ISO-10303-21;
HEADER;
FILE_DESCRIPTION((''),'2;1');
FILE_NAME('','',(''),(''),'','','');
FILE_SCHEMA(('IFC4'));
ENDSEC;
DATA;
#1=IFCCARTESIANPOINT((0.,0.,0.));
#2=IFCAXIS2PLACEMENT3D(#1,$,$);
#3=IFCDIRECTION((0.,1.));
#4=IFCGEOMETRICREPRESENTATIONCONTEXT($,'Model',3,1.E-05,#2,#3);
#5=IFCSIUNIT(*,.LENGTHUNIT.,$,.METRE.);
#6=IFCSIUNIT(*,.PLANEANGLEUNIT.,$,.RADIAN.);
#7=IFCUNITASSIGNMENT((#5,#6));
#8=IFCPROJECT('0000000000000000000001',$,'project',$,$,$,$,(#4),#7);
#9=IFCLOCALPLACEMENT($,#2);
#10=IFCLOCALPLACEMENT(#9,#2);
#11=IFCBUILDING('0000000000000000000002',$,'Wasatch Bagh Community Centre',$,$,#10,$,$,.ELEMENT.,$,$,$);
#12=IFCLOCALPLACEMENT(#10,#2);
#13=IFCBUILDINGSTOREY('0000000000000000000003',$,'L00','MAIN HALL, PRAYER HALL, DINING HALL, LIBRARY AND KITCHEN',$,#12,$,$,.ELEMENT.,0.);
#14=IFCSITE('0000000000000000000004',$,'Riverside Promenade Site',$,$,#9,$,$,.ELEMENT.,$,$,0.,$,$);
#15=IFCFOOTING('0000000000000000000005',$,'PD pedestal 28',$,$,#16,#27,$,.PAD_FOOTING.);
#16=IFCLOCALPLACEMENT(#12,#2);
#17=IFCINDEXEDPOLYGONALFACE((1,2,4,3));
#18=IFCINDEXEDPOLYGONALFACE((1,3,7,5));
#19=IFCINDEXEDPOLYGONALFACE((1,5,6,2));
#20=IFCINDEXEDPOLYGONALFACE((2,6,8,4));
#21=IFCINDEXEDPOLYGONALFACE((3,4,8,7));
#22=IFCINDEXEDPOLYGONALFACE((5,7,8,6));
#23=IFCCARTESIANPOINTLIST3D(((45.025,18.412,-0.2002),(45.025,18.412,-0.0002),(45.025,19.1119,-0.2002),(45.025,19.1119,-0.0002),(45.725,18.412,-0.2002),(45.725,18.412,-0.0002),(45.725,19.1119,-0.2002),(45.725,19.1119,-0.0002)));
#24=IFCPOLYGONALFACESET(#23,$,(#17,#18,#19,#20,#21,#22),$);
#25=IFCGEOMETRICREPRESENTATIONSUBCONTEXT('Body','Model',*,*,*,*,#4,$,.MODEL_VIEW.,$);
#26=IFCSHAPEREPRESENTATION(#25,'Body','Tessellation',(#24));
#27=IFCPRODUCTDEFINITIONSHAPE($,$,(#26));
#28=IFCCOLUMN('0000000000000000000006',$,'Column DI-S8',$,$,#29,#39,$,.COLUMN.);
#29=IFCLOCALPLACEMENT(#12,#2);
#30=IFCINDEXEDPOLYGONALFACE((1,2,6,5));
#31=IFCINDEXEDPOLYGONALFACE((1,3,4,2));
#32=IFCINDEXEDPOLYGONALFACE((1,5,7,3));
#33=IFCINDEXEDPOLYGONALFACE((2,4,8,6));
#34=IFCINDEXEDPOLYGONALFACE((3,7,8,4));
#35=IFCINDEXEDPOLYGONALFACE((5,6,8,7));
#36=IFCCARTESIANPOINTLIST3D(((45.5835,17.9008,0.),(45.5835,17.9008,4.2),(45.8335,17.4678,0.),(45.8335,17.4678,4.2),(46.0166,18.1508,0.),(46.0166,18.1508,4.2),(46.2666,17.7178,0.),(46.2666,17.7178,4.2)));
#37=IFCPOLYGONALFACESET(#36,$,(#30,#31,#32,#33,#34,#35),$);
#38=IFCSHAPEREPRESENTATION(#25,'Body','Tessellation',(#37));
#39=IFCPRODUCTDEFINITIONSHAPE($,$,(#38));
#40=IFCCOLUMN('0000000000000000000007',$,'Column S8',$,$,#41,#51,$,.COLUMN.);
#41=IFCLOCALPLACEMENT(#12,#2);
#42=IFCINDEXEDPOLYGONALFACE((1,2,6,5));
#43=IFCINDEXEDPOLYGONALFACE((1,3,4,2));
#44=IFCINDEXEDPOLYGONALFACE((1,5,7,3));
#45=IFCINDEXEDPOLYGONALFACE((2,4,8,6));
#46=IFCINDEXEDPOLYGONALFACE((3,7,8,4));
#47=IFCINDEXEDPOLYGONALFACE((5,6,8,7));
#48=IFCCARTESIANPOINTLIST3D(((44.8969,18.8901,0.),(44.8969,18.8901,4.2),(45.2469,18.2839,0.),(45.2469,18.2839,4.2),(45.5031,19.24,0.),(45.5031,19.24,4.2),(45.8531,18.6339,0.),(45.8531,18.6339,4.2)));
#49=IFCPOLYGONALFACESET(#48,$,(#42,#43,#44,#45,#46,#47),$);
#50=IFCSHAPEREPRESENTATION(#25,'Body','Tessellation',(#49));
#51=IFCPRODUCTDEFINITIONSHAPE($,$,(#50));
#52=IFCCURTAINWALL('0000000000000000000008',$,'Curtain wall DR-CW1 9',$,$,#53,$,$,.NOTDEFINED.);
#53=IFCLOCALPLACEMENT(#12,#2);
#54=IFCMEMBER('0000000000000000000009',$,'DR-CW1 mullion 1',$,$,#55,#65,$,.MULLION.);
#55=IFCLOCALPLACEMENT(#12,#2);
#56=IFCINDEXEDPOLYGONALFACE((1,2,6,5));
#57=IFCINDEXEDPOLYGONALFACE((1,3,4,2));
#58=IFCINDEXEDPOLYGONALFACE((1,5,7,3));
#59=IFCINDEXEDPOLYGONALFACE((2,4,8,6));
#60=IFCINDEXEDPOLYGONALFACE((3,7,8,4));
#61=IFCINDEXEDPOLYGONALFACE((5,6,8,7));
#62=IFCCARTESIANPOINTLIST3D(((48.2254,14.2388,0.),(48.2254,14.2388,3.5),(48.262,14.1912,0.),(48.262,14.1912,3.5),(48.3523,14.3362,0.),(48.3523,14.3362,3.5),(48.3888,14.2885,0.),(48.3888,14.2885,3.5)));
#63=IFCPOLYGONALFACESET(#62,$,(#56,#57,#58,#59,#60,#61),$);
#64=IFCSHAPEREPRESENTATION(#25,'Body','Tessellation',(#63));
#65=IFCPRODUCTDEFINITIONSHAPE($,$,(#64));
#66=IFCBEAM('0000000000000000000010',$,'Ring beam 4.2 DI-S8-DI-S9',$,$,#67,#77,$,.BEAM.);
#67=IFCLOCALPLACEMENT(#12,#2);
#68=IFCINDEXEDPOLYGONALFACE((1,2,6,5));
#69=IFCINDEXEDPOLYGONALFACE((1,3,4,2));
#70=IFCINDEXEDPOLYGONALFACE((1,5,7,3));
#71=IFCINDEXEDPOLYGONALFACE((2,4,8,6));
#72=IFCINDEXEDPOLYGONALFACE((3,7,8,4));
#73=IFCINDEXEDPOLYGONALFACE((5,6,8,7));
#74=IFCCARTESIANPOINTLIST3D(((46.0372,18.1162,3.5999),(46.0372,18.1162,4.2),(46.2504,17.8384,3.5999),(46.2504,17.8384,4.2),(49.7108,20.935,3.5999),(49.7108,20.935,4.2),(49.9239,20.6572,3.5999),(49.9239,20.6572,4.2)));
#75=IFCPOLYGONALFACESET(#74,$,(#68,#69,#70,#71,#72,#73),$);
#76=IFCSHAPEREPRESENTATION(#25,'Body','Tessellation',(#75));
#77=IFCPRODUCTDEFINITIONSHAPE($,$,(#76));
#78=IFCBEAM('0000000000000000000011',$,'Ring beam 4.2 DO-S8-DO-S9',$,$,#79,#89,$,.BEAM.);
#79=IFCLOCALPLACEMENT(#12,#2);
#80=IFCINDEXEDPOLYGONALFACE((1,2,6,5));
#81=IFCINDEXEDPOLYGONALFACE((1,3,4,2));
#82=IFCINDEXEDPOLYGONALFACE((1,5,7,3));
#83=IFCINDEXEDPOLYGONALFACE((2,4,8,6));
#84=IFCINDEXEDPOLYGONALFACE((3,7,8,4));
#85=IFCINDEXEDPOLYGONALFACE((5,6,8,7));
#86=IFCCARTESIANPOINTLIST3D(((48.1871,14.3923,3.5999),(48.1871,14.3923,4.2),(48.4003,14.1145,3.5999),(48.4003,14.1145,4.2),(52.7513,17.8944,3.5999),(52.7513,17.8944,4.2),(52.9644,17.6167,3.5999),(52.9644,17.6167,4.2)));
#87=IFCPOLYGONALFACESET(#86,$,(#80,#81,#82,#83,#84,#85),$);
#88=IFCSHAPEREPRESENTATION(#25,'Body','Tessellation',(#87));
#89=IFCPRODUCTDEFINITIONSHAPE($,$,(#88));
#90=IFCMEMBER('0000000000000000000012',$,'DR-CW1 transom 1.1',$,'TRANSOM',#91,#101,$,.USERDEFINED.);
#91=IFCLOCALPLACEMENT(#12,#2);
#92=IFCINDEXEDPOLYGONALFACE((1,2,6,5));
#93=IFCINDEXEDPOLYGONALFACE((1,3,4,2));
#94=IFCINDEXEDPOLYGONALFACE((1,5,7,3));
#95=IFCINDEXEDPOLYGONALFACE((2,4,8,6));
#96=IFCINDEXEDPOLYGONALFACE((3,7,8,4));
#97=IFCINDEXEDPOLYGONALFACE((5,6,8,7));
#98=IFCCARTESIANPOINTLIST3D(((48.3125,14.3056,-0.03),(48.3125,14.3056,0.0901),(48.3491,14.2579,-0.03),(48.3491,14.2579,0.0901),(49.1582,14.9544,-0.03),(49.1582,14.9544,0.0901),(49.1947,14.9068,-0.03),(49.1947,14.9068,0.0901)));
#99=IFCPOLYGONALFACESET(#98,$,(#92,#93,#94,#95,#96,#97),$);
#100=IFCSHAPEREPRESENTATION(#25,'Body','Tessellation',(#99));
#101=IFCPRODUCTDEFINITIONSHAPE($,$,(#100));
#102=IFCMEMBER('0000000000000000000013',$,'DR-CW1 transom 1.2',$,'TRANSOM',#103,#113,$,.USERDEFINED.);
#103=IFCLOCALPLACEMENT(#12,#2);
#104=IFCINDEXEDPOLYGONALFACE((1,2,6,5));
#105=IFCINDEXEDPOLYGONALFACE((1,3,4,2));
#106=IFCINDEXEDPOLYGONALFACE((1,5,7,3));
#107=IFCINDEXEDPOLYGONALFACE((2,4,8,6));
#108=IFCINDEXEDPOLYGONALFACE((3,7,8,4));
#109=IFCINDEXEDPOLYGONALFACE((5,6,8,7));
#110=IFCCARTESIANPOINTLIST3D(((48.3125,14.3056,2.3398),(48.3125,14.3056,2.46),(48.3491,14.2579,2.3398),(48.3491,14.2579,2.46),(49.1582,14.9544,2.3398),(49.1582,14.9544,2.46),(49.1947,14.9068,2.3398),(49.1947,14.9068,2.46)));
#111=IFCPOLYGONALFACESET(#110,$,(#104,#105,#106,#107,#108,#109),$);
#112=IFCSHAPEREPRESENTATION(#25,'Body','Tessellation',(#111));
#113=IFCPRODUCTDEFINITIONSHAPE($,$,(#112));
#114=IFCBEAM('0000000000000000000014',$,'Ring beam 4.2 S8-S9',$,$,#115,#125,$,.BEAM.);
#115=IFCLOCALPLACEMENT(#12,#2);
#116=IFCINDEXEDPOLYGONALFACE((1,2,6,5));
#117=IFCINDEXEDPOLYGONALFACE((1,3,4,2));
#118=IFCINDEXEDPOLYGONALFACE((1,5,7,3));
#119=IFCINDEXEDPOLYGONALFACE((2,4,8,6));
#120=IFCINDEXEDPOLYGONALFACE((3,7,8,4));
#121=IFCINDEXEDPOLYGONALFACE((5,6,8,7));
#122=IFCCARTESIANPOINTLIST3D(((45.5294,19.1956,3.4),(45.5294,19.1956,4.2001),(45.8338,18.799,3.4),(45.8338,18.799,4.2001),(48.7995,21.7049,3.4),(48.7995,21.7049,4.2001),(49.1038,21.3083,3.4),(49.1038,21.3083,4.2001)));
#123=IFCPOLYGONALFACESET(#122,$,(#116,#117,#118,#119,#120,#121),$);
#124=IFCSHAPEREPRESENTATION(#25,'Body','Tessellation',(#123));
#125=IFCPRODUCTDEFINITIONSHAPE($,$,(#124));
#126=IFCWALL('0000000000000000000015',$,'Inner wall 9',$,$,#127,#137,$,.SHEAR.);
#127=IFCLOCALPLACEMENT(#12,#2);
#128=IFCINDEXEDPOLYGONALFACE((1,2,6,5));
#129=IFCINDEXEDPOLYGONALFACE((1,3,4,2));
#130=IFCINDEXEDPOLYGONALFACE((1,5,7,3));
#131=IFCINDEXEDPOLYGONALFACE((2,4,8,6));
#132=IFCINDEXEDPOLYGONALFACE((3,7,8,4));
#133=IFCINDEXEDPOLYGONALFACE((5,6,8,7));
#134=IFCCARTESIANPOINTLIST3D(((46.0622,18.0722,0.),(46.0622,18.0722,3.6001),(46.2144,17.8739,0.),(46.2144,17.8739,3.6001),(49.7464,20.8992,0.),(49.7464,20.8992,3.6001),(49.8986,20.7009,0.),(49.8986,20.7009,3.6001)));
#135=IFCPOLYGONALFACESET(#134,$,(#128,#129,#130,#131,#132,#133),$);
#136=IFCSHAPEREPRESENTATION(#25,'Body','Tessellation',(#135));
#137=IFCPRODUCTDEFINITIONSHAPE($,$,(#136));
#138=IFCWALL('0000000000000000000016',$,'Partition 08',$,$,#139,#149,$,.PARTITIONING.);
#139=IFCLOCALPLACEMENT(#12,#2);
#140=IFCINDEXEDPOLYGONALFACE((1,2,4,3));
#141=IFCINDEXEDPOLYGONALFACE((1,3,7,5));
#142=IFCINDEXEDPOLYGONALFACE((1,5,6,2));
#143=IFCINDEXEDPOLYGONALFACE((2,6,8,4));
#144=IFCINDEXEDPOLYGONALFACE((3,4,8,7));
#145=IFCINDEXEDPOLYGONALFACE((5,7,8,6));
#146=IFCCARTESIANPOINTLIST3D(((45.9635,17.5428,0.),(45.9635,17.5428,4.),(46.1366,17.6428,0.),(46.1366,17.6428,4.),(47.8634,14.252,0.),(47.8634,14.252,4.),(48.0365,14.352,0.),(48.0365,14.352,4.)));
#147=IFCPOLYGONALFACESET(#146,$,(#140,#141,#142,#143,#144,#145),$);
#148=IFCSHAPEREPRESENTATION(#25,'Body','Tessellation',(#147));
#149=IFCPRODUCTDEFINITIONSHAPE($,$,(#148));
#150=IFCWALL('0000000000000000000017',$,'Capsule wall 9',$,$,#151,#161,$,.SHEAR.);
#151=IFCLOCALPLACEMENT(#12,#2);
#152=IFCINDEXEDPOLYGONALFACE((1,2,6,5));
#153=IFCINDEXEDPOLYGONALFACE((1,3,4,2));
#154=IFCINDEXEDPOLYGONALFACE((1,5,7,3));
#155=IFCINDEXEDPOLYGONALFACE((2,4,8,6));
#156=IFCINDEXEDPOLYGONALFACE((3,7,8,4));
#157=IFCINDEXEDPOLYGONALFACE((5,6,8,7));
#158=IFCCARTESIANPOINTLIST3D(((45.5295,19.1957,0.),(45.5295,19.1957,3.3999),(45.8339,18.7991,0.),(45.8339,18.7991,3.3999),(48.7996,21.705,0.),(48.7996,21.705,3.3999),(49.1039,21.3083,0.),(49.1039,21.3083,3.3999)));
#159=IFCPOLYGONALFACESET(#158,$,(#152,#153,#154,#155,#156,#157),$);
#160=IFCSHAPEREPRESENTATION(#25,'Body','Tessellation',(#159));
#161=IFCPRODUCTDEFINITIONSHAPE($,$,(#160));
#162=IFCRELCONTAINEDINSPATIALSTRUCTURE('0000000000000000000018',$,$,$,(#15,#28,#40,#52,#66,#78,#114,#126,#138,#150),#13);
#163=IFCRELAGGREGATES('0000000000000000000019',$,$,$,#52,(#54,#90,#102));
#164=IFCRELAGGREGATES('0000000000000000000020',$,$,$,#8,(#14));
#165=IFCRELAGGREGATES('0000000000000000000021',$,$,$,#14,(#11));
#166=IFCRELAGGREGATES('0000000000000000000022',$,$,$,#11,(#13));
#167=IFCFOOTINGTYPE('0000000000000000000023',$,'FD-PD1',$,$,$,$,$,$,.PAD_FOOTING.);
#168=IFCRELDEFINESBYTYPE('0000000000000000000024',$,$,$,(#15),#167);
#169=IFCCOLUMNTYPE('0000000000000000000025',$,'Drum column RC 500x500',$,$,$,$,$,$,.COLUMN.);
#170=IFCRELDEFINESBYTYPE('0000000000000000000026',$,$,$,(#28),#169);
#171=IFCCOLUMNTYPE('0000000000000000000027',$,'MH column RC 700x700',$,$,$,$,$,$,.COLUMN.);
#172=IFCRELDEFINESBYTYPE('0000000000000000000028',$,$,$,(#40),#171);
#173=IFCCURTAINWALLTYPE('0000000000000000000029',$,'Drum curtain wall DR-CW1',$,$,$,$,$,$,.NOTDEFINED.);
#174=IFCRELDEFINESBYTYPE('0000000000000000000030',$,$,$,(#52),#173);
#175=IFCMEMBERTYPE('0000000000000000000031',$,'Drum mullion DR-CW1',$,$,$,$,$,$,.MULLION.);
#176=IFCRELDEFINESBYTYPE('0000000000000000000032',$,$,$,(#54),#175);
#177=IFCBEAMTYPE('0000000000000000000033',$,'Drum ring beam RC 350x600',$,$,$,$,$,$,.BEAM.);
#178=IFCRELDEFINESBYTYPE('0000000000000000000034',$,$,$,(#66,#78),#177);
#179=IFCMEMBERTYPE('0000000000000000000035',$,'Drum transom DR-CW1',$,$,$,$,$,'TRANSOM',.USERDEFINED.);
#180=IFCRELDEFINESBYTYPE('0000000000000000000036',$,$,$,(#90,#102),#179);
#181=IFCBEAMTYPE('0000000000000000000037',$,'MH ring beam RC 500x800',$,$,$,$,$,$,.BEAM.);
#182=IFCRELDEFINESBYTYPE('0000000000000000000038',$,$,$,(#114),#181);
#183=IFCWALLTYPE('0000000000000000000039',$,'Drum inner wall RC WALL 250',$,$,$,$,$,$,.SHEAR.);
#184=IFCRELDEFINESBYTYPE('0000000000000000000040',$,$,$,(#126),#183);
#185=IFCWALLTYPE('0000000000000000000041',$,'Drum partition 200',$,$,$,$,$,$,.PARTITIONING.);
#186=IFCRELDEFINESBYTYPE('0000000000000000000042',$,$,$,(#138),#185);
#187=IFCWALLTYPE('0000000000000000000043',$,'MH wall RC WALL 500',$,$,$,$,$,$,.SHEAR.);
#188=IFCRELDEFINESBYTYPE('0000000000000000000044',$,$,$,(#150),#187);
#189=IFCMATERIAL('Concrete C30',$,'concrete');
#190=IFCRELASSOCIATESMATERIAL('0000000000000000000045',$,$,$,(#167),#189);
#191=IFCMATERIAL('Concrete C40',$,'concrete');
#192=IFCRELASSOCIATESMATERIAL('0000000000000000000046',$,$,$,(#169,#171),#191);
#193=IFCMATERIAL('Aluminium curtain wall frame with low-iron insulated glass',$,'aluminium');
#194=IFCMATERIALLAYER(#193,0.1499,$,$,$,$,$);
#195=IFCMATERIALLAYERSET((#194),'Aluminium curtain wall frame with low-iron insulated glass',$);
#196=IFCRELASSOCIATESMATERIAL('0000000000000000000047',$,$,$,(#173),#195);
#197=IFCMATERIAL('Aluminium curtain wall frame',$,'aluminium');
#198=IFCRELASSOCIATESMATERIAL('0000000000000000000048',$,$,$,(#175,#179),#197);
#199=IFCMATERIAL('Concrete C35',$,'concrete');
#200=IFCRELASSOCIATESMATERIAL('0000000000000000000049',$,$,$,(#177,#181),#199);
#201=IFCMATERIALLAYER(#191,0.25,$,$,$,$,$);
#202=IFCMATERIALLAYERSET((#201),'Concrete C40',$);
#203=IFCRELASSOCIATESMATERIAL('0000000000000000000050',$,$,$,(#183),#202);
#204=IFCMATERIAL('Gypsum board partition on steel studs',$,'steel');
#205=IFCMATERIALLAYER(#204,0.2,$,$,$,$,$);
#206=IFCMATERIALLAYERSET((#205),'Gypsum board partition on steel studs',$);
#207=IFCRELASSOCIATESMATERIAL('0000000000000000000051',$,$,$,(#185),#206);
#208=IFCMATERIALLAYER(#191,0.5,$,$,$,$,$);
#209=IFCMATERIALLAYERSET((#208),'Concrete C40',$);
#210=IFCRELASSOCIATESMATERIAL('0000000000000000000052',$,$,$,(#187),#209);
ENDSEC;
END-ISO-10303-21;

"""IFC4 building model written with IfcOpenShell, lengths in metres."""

from ifc_helpers import new_model, si_unit, direction, frame, frame_2d, origin, origin_2d, place, context, subcontext, project, spatial, rectangle, extrude, material, layer, layer_set, material_profile, profile_set, type_object, element, aggregate, save


model = new_model("IFC4")

# Units and contexts
model_context = context("Model", 3, precision=1e-05, world=origin(), true_north=direction((0.0, 1.0)))
body_context = subcontext(model_context, "Body", "Model", "MODEL_VIEW")
ifc_project = project(units=[si_unit("LENGTHUNIT", "METRE"), si_unit("PLANEANGLEUNIT", "RADIAN")], contexts=[model_context])

# Site, building, storey
site_placement = place(None, origin())
site = spatial("IfcSite", under=ifc_project, at=site_placement, Name="Riverside Promenade Site", CompositionType="ELEMENT", RefElevation=0.0)
building_placement = place(site_placement, origin())
building = spatial("IfcBuilding", under=site, at=building_placement, Name="Wasatch Bagh Community Centre", CompositionType="ELEMENT")
storey_placement = place(building_placement, origin())
storey = spatial("IfcBuildingStorey", under=building, at=storey_placement, Name="L00", Description="MAIN HALL, PRAYER HALL, DINING HALL, LIBRARY AND KITCHEN", CompositionType="ELEMENT", Elevation=0.0)

# Shared definitions
ifc_material_1 = material(Name="Concrete C35", Category="concrete")

# Shared definitions
ifc_material_2 = material(Name="Concrete C30", Category="concrete")

# Footing
footing_type_1 = type_object("IfcFootingType", Name="FD-PD1", PredefinedType="PAD_FOOTING", material=ifc_material_2)
footing_1_placement = place(storey_placement, frame((45.375, 18.762, -0.2002), z_axis=(0.0, 0.0, 1.0), x_axis=(1.0, 0.0, 0.0)))
element("IfcFooting", 1, at=footing_1_placement, inside=storey, type_object=footing_type_1, Name="PD pedestal 28", PredefinedType="PAD_FOOTING", context=body_context, shape_type="SweptSolid", body=[
    extrude(rectangle(XDim=0.7, YDim=0.7, at=origin_2d()), origin(), (0.0, 0.0, 1.0), 0.2),
])

# Columns
ifc_material_3 = material(Name="Concrete C40", Category="concrete")
ifc_material_profile_1 = material_profile(ifc_material_3, rectangle(XDim=0.5, YDim=0.5, at=origin_2d()), Name="RC 500x500")
ifc_profile_set_1 = profile_set([ifc_material_profile_1], Name="Concrete C40")
column_type_1 = type_object("IfcColumnType", Name="Drum column RC 500x500", PredefinedType="COLUMN", material=ifc_profile_set_1)
column_1_placement = place(storey_placement, frame((45.925, 17.8093, 0.0), z_axis=(0.0, 0.0, 1.0), x_axis=(0.866025, 0.5, 0.0)))
element("IfcColumn", 2, at=column_1_placement, inside=storey, type_object=column_type_1, Name="Column DI-S8", PredefinedType="COLUMN", context=body_context, shape_type="SweptSolid", body=[
    extrude(rectangle(XDim=0.5, YDim=0.5, at=origin_2d()), origin(), (0.0, 0.0, 1.0), 4.2),
])
ifc_material_profile_2 = material_profile(ifc_material_3, rectangle(XDim=0.7, YDim=0.7, at=origin_2d()), Name="RC 700x700")
ifc_profile_set_2 = profile_set([ifc_material_profile_2], Name="Concrete C40")
column_type_2 = type_object("IfcColumnType", Name="MH column RC 700x700", PredefinedType="COLUMN", material=ifc_profile_set_2)
column_2_placement = place(storey_placement, frame((45.375, 18.762, 0.0), z_axis=(0.0, 0.0, 1.0), x_axis=(0.866025, 0.5, 0.0)))
element("IfcColumn", 3, at=column_2_placement, inside=storey, type_object=column_type_2, Name="Column S8", PredefinedType="COLUMN", context=body_context, shape_type="SweptSolid", body=[
    extrude(rectangle(XDim=0.7, YDim=0.7, at=origin_2d()), origin(), (0.0, 0.0, 1.0), 4.2),
])

# Curtain wall, member
ifc_material_4 = material(Name="Aluminium curtain wall frame with low-iron insulated glass", Category="aluminium")
ifc_layer_1 = layer(ifc_material_4, 0.1499)
ifc_layer_set_1 = layer_set([ifc_layer_1], Name="Aluminium curtain wall frame with low-iron insulated glass")
curtain_wall_type = type_object("IfcCurtainWallType", Name="Drum curtain wall DR-CW1", PredefinedType="NOTDEFINED", material=ifc_layer_set_1)
curtain_wall_placement = place(storey_placement, origin())
curtain_wall = element("IfcCurtainWall", 4, at=curtain_wall_placement, inside=storey, type_object=curtain_wall_type, Name="Curtain wall DR-CW1 9", PredefinedType="NOTDEFINED")
ifc_material_5 = material(Name="Aluminium curtain wall frame", Category="aluminium")
ifc_material_profile_3 = material_profile(ifc_material_5, rectangle(XDim=0.0601, YDim=0.1599, at=origin_2d()), Name="Drum mullion DR-CW1")
ifc_profile_set_3 = profile_set([ifc_material_profile_3], Name="Aluminium curtain wall frame")
member_type_1 = type_object("IfcMemberType", Name="Drum mullion DR-CW1", PredefinedType="MULLION", material=ifc_profile_set_3)
member_1_placement = place(storey_placement, frame((48.3071, 14.2637, 0.0), z_axis=(0.0, 0.0, 1.0), x_axis=(-0.608761, 0.793353, 0.0)))
member_1 = element("IfcMember", 5, at=member_1_placement, type_object=member_type_1, Name="DR-CW1 mullion 1", PredefinedType="MULLION", context=body_context, shape_type="SweptSolid", body=[
    extrude(rectangle(XDim=0.0601, YDim=0.1599, at=origin_2d()), origin(), (0.0, 0.0, 1.0), 3.5),
])

# Beams
ifc_material_profile_4 = material_profile(ifc_material_1, rectangle(XDim=0.3501, YDim=0.6001, at=origin_2d()), Name="RC 350x600")
ifc_profile_set_4 = profile_set([ifc_material_profile_4], Name="Concrete C35")
beam_type_1 = type_object("IfcBeamType", Name="Drum ring beam RC 350x600", PredefinedType="BEAM", material=ifc_profile_set_4)
beam_1_placement = place(storey_placement, frame((46.1438, 17.9773, 3.8999), z_axis=(0.793353, 0.608762, 0.0), x_axis=(-0.608762, 0.793353, 0.0)))
element("IfcBeam", 6, at=beam_1_placement, inside=storey, type_object=beam_type_1, Name="Ring beam 4.2 DI-S8-DI-S9", PredefinedType="BEAM", context=body_context, shape_type="SweptSolid", body=[
    extrude(rectangle(XDim=0.3501, YDim=0.6001, at=origin_2d()), origin(), (0.0, 0.0, 1.0), 4.6304),
])
beam_2_placement = place(storey_placement, frame((48.2937, 14.2534, 3.8999), z_axis=(0.793357, 0.608757, 0.0), x_axis=(-0.608757, 0.793357, 0.0)))
element("IfcBeam", 7, at=beam_2_placement, inside=storey, type_object=beam_type_1, Name="Ring beam 4.2 DO-S8-DO-S9", PredefinedType="BEAM", context=body_context, shape_type="SweptSolid", body=[
    extrude(rectangle(XDim=0.3501, YDim=0.6001, at=origin_2d()), origin(), (0.0, 0.0, 1.0), 5.7529),
])

# Members
ifc_material_profile_5 = material_profile(ifc_material_5, rectangle(XDim=0.0601, YDim=0.1201, at=origin_2d()), Name="Drum transom DR-CW1")
ifc_profile_set_5 = profile_set([ifc_material_profile_5], Name="Aluminium curtain wall frame")
member_type_2 = type_object("IfcMemberType", Name="Drum transom DR-CW1", ElementType="TRANSOM", PredefinedType="USERDEFINED", material=ifc_profile_set_5)
member_2_placement = place(storey_placement, frame((48.3308, 14.2817, 0.03), z_axis=(0.793356, 0.608758, 0.0), x_axis=(-0.608758, 0.793356, 0.0)))
member_2 = element("IfcMember", 8, at=member_2_placement, type_object=member_type_2, Name="DR-CW1 transom 1.1", ObjectType="TRANSOM", PredefinedType="USERDEFINED", context=body_context, shape_type="SweptSolid", body=[
    extrude(rectangle(XDim=0.0601, YDim=0.1201, at=origin_2d()), origin(), (0.0, 0.0, 1.0), 1.0659),
])
member_3_placement = place(storey_placement, frame((48.3308, 14.2817, 2.3999), z_axis=(0.793356, 0.608758, 0.0), x_axis=(-0.608758, 0.793356, 0.0)))
member_3 = element("IfcMember", 9, at=member_3_placement, type_object=member_type_2, Name="DR-CW1 transom 1.2", ObjectType="TRANSOM", PredefinedType="USERDEFINED", context=body_context, shape_type="SweptSolid", body=[
    extrude(rectangle(XDim=0.0601, YDim=0.1201, at=origin_2d()), origin(), (0.0, 0.0, 1.0), 1.0659),
])
aggregate(curtain_wall, [member_1, member_2, member_3])

# Beam
ifc_material_profile_6 = material_profile(ifc_material_1, rectangle(XDim=0.5, YDim=0.8, at=origin_2d()), Name="RC 500x800")
ifc_profile_set_6 = profile_set([ifc_material_profile_6], Name="Concrete C35")
beam_type_2 = type_object("IfcBeamType", Name="MH ring beam RC 500x800", PredefinedType="BEAM", material=ifc_profile_set_6)
beam_3_placement = place(storey_placement, frame((45.6816, 18.9973, 3.8), z_axis=(0.793341, 0.608777, 0.0), x_axis=(-0.608777, 0.793341, 0.0)))
element("IfcBeam", 10, at=beam_3_placement, inside=storey, type_object=beam_type_2, Name="Ring beam 4.2 S8-S9", PredefinedType="BEAM", context=body_context, shape_type="SweptSolid", body=[
    extrude(rectangle(XDim=0.5, YDim=0.8, at=origin_2d()), origin(), (0.0, 0.0, 1.0), 4.1218),
])

# Walls
ifc_layer_2 = layer(ifc_material_3, 0.25)
ifc_layer_set_2 = layer_set([ifc_layer_2], Name="Concrete C40")
wall_type_1 = type_object("IfcWallType", Name="Drum inner wall RC WALL 250", PredefinedType="SHEAR", material=ifc_layer_set_2)
wall_1_placement = place(storey_placement, frame((46.1384, 17.9731, 0.0), z_axis=(0.0, 0.0, 1.0), x_axis=(0.793352, 0.608763, 0.0)))
element("IfcWall", 11, at=wall_1_placement, inside=storey, type_object=wall_type_1, Name="Inner wall 9", PredefinedType="SHEAR", context=body_context, shape_type="SweptSolid", body=[
    extrude(rectangle(XDim=4.6438, YDim=0.25, at=frame_2d((2.3218, 0.0))), origin(), (0.0, 0.0, 1.0), 3.6001),
])
ifc_material_6 = material(Name="Gypsum board partition on steel studs", Category="steel")
ifc_layer_3 = layer(ifc_material_6, 0.2)
ifc_layer_set_3 = layer_set([ifc_layer_3], Name="Gypsum board partition on steel studs")
wall_type_2 = type_object("IfcWallType", Name="Drum partition 200", PredefinedType="PARTITIONING", material=ifc_layer_set_3)
wall_2_placement = place(storey_placement, frame((46.05, 17.5928, 0.0), z_axis=(0.0, 0.0, 1.0), x_axis=(0.499995, -0.866028, 0.0)))
element("IfcWall", 12, at=wall_2_placement, inside=storey, type_object=wall_type_2, Name="Partition 08", PredefinedType="PARTITIONING", context=body_context, shape_type="SweptSolid", body=[
    extrude(rectangle(XDim=3.7998, YDim=0.2, at=frame_2d((1.8999, 0.0))), origin(), (0.0, 0.0, 1.0), 4.0),
])
ifc_layer_4 = layer(ifc_material_3, 0.5)
ifc_layer_set_4 = layer_set([ifc_layer_4], Name="Concrete C40")
wall_type_3 = type_object("IfcWallType", Name="MH wall RC WALL 500", PredefinedType="SHEAR", material=ifc_layer_set_4)
wall_3_placement = place(storey_placement, frame((45.6816, 18.9973, 0.0), z_axis=(0.0, 0.0, 1.0), x_axis=(0.793341, 0.608777, 0.0)))
element("IfcWall", 13, at=wall_3_placement, inside=storey, type_object=wall_type_3, Name="Capsule wall 9", PredefinedType="SHEAR", context=body_context, shape_type="SweptSolid", body=[
    extrude(rectangle(XDim=4.1218, YDim=0.5, at=frame_2d((2.061, 0.0))), origin(), (0.0, 0.0, 1.0), 3.3999),
])

save(model, "model.ifc")
